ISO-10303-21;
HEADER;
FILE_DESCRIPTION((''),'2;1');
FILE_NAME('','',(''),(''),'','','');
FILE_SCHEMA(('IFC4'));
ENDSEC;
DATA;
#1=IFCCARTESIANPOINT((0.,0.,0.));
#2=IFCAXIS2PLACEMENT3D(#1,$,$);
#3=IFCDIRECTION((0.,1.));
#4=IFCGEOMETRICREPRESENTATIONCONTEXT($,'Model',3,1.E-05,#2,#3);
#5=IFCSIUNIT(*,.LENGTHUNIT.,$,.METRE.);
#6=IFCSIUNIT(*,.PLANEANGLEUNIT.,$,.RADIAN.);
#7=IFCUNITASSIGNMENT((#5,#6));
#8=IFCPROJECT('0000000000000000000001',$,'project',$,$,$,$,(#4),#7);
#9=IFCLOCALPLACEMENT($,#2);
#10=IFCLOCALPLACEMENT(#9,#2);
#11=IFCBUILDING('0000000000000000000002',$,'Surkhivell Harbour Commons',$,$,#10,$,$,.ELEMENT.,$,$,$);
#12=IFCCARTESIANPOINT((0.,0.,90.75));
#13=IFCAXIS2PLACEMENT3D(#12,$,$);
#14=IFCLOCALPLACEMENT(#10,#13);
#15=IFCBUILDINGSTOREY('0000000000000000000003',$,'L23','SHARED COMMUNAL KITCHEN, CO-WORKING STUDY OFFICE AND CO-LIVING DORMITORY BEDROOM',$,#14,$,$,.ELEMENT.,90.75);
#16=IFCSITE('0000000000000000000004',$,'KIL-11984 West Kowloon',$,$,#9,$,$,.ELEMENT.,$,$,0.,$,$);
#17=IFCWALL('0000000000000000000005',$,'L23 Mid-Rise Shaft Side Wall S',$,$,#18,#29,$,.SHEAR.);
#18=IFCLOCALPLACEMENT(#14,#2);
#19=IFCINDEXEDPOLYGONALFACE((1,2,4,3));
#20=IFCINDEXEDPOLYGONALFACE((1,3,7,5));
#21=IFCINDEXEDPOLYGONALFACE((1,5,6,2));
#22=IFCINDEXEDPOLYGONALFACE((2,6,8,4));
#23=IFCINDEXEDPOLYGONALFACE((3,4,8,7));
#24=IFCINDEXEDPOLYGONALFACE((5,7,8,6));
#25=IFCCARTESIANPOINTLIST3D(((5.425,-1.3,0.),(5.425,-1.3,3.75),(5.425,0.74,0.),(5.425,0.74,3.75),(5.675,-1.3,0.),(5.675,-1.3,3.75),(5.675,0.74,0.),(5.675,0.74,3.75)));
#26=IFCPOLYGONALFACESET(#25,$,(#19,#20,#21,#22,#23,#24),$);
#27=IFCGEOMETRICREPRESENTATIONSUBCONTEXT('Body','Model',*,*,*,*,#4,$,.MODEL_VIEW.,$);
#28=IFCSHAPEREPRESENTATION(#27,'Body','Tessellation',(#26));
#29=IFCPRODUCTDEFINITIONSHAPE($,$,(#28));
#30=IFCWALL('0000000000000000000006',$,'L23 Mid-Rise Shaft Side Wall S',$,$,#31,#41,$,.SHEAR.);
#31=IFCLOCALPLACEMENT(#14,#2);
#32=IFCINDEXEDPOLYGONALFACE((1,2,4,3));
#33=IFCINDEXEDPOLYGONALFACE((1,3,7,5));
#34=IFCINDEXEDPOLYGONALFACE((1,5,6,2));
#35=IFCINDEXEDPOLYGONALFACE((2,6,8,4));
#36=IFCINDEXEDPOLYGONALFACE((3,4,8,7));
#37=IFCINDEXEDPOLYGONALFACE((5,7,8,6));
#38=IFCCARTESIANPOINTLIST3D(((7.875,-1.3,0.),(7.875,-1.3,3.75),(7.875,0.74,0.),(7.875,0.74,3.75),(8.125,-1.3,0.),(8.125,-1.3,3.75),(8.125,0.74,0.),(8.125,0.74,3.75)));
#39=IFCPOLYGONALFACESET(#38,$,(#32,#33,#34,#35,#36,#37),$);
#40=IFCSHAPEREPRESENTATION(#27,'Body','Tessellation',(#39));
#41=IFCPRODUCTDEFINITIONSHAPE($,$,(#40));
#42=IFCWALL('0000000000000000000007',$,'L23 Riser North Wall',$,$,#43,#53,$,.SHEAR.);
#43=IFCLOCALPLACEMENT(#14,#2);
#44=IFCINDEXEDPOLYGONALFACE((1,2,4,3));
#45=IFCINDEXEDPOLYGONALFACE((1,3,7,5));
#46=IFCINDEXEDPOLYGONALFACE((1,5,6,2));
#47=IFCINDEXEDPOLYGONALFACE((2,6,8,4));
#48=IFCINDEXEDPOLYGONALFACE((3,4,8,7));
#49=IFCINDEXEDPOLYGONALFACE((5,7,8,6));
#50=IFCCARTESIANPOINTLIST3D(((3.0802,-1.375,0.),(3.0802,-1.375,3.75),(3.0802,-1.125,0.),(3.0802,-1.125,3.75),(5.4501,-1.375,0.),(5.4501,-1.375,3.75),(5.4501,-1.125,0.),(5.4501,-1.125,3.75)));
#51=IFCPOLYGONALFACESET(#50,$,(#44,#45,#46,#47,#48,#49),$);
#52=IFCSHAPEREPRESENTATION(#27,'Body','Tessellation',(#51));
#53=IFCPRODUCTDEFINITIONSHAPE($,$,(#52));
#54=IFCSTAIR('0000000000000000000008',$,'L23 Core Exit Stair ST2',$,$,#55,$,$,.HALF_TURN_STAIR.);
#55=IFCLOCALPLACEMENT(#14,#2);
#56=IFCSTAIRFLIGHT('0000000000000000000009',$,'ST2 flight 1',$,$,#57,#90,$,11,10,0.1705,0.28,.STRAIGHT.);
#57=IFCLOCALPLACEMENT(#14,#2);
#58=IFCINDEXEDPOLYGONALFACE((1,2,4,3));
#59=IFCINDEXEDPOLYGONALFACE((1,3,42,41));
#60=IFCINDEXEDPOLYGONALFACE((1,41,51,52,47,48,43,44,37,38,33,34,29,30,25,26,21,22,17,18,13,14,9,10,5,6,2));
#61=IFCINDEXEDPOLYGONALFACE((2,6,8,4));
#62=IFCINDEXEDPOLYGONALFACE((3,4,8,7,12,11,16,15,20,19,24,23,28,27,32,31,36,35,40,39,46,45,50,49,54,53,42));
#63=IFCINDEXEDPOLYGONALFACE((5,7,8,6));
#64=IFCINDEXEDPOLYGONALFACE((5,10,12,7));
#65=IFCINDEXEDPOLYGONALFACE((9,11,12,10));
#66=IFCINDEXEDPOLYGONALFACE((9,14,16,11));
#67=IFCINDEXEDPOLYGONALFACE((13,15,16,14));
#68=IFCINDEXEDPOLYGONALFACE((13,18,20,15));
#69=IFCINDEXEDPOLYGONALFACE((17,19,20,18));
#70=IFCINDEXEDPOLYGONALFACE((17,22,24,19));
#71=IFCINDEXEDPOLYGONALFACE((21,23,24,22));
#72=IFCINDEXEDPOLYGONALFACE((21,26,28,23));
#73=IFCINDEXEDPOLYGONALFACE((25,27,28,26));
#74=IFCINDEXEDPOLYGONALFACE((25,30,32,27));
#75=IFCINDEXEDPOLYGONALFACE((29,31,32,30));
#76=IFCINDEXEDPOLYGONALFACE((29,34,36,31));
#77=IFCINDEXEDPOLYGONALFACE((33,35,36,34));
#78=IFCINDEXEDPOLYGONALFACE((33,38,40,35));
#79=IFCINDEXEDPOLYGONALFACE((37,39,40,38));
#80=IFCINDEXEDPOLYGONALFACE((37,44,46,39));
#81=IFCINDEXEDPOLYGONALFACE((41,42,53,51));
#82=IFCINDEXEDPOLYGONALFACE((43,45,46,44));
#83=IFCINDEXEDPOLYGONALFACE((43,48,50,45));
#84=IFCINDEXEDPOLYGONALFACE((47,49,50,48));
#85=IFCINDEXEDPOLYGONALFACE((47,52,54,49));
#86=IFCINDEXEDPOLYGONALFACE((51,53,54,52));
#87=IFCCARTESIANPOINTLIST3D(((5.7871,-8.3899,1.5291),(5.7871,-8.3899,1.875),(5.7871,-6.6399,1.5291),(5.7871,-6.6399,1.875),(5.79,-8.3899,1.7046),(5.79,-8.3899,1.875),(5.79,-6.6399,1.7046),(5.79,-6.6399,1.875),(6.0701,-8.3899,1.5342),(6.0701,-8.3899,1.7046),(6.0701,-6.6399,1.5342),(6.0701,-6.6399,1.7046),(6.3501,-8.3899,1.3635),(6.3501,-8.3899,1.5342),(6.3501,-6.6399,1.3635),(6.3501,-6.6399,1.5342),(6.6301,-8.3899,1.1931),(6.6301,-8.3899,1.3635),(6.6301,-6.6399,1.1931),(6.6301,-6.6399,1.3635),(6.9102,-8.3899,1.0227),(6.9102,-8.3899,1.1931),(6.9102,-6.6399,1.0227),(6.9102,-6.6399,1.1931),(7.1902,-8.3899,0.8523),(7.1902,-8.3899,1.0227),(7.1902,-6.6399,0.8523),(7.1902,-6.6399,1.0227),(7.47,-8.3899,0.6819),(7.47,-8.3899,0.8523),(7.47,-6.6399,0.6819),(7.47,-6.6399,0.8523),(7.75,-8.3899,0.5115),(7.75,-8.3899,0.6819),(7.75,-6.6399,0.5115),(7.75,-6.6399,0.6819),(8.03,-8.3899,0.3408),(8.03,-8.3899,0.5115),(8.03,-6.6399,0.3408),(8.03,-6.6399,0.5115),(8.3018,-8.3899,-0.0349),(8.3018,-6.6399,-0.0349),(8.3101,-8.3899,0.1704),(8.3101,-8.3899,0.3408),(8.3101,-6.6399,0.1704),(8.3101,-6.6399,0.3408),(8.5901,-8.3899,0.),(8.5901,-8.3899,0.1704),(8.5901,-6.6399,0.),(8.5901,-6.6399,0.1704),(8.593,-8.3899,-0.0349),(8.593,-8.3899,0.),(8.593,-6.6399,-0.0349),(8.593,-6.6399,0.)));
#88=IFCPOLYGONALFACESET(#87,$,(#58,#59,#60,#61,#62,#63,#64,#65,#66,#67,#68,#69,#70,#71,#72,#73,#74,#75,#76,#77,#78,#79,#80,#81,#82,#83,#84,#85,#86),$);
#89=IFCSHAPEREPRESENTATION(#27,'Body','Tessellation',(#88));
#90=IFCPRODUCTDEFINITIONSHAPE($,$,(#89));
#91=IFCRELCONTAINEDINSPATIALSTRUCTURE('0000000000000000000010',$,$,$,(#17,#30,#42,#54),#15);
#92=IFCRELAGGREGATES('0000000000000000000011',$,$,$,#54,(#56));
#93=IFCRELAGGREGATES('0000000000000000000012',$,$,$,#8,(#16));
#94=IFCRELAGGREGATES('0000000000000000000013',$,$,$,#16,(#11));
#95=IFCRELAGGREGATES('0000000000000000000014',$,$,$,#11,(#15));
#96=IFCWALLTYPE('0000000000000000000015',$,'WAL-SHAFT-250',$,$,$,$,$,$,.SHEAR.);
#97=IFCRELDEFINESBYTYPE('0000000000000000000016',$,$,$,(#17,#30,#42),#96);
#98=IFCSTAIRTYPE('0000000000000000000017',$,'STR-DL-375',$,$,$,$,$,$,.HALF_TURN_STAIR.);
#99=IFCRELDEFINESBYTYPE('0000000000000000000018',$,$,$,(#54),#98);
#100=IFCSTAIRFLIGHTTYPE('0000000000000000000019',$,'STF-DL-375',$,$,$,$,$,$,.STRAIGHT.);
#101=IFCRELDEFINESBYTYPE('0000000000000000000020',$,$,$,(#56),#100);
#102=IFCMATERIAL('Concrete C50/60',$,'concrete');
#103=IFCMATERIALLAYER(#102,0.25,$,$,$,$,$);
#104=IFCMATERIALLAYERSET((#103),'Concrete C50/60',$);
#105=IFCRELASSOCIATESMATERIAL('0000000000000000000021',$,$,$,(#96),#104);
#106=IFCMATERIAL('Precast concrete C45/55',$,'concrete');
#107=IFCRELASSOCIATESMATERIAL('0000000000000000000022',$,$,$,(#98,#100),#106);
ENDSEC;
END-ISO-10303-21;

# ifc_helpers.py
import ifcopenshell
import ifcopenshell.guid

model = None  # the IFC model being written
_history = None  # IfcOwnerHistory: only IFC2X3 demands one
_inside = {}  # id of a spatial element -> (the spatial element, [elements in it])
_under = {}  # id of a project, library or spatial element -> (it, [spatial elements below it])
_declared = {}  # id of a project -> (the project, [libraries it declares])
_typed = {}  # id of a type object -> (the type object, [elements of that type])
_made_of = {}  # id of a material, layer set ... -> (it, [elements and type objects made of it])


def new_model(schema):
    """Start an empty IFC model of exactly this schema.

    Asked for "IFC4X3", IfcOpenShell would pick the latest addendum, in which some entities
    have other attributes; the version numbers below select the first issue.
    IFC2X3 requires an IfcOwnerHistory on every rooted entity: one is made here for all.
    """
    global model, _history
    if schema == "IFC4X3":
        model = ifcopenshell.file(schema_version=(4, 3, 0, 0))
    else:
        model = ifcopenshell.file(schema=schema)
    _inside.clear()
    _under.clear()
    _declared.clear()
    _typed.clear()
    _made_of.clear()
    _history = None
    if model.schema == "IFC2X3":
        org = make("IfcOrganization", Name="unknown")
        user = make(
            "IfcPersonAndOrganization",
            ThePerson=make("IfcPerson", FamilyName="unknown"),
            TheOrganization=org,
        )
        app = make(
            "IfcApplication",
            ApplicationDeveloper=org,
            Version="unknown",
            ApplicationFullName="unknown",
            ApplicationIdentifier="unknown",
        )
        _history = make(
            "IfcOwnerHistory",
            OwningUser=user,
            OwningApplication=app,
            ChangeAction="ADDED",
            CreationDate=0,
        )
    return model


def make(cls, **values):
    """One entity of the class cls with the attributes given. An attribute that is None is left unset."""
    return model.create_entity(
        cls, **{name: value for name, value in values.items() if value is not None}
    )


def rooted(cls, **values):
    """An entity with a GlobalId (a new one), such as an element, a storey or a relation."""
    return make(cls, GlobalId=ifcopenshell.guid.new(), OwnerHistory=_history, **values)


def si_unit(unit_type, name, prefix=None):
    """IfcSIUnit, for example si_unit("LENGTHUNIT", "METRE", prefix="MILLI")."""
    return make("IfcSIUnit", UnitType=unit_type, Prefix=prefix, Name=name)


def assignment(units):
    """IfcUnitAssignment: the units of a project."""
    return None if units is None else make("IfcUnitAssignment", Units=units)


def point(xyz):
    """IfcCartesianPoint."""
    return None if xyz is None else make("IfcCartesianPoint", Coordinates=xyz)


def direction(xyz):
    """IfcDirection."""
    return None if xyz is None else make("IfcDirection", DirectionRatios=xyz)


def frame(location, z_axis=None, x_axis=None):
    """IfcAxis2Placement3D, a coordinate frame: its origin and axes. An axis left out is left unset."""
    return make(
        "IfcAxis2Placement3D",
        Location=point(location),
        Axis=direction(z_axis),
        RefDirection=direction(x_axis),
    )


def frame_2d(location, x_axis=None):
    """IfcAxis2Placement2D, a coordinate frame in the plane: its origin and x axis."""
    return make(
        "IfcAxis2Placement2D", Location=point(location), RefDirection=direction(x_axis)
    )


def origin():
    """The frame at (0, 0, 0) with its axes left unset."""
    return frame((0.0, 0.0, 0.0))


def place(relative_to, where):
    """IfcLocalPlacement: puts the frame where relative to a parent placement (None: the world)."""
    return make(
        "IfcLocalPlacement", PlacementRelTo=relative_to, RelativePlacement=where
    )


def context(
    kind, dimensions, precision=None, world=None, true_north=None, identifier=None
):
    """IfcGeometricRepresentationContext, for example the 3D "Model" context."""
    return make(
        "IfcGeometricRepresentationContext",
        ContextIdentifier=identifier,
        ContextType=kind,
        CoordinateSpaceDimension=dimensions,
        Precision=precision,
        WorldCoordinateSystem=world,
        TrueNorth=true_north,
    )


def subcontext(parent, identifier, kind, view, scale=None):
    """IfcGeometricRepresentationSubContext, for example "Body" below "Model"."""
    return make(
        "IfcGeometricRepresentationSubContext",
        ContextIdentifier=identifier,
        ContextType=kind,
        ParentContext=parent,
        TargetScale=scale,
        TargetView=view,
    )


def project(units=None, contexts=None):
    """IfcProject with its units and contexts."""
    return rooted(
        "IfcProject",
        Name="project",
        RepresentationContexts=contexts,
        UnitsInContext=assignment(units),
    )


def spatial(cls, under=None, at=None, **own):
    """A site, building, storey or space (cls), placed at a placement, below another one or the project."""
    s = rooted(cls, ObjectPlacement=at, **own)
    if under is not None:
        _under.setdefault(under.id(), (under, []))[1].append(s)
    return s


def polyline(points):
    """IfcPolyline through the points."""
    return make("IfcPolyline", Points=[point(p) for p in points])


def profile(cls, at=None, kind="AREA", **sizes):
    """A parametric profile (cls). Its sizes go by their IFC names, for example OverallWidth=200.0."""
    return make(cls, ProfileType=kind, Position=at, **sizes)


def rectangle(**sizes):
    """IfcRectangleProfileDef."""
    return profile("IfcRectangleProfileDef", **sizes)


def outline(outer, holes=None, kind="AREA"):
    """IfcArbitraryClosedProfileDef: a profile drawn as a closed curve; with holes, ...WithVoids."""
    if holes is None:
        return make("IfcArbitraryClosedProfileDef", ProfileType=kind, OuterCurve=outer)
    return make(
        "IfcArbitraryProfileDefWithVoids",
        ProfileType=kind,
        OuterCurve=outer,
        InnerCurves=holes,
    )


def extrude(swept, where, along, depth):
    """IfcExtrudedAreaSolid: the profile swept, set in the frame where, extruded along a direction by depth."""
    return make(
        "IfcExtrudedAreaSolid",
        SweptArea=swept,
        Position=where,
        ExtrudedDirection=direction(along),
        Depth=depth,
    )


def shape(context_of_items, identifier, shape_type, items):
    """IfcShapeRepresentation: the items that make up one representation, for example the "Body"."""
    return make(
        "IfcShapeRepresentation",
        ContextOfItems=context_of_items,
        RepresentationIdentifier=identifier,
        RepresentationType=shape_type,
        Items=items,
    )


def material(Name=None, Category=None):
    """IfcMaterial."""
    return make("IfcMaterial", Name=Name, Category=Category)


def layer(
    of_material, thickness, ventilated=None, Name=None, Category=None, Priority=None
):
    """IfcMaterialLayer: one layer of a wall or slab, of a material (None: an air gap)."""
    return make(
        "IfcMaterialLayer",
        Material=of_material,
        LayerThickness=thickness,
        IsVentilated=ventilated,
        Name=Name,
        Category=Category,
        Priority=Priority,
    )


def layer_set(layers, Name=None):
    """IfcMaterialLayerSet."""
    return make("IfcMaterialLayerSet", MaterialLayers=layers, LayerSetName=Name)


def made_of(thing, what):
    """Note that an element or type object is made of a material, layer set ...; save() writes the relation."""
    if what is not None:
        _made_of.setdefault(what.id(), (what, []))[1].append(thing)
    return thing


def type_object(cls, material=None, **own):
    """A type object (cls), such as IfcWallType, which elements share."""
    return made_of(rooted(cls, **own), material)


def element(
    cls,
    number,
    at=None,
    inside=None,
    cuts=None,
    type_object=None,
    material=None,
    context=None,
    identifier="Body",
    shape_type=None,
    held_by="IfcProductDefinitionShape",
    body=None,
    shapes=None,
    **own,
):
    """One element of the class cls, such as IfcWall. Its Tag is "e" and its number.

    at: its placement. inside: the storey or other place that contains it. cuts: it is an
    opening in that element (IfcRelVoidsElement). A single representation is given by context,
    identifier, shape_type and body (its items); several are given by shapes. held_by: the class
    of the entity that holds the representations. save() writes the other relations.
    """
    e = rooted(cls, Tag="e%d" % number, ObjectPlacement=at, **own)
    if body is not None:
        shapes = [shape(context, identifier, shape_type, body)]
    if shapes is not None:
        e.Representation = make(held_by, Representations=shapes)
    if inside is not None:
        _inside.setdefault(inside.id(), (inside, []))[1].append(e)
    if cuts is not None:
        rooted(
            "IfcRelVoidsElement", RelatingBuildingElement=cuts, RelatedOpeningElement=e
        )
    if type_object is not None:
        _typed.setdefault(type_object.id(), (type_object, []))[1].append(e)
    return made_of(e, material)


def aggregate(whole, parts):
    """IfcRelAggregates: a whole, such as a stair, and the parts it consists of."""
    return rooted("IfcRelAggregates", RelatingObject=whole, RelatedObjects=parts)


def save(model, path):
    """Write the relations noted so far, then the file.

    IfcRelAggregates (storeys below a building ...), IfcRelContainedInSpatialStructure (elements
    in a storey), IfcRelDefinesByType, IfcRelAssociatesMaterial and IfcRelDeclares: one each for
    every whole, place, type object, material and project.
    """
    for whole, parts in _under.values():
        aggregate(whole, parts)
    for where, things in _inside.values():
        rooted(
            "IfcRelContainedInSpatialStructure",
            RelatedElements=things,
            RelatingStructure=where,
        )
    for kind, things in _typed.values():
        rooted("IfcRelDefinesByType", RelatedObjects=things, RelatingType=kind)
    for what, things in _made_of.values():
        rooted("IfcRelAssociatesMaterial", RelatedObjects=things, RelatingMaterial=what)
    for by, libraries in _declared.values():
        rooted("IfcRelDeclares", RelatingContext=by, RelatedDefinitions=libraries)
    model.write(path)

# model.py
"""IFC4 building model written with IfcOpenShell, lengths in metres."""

from ifc_helpers import new_model, si_unit, direction, frame, frame_2d, origin, place, context, subcontext, project, spatial, polyline, rectangle, outline, extrude, material, layer, layer_set, type_object, element, aggregate, save


model = new_model("IFC4")

# Units and contexts
model_context = context("Model", 3, precision=1e-05, world=origin(), true_north=direction((0.0, 1.0)))
body_context = subcontext(model_context, "Body", "Model", "MODEL_VIEW")
ifc_project = project(units=[si_unit("LENGTHUNIT", "METRE"), si_unit("PLANEANGLEUNIT", "RADIAN")], contexts=[model_context])

# Site, building, storey
site_placement = place(None, origin())
site = spatial("IfcSite", under=ifc_project, at=site_placement, Name="KIL-11984 West Kowloon", CompositionType="ELEMENT", RefElevation=0.0)
building_placement = place(site_placement, origin())
building = spatial("IfcBuilding", under=site, at=building_placement, Name="Surkhivell Harbour Commons", CompositionType="ELEMENT")
storey_placement = place(building_placement, frame((0.0, 0.0, 90.75)))
storey = spatial("IfcBuildingStorey", under=building, at=storey_placement, Name="L23", Description="SHARED COMMUNAL KITCHEN, CO-WORKING STUDY OFFICE AND CO-LIVING DORMITORY BEDROOM", CompositionType="ELEMENT", Elevation=90.75)

# Shared definitions
ifc_material_1 = material(Name="Concrete C50/60", Category="concrete")
ifc_layer_1 = layer(ifc_material_1, 0.25)
ifc_layer_set_1 = layer_set([ifc_layer_1], Name="Concrete C50/60")
wall_type_1 = type_object("IfcWallType", Name="WAL-SHAFT-250", PredefinedType="SHEAR", material=ifc_layer_set_1)

# Walls
for number, where, z_axis, x_axis, name in (
    (1, (5.55, -1.3, 0.0), (0.0, 0.0, 1.0), (0.0, 1.0, 0.0), "L23 Mid-Rise Shaft Side Wall S"),
    (2, (8.0, -1.3, 0.0), (0.0, 0.0, 1.0), (0.0, 1.0, 0.0), "L23 Mid-Rise Shaft Side Wall S"),
):
    element("IfcWall", number, at=place(storey_placement, frame(where, z_axis=z_axis, x_axis=x_axis)), inside=storey, type_object=wall_type_1, Name=name, PredefinedType="SHEAR", context=body_context, shape_type="SweptSolid", body=[
        extrude(rectangle(XDim=2.04, YDim=0.25, at=frame_2d((1.02, 0.0))), origin(), (0.0, 0.0, 1.0), 3.75),
    ])
wall_1_placement = place(storey_placement, frame((3.0801, -1.25, 0.0), z_axis=(0.0, 0.0, 1.0), x_axis=(1.0, 0.0, 0.0)))
element("IfcWall", 3, at=wall_1_placement, inside=storey, type_object=wall_type_1, Name="L23 Riser North Wall", PredefinedType="SHEAR", context=body_context, shape_type="SweptSolid", body=[
    extrude(rectangle(XDim=2.3699, YDim=0.25, at=frame_2d((1.1851, 0.0))), origin(), (0.0, 0.0, 1.0), 3.75),
])

# Stair, stair flight
ifc_material_2 = material(Name="Precast concrete C45/55", Category="concrete")
stair_type = type_object("IfcStairType", Name="STR-DL-375", PredefinedType="HALF_TURN_STAIR", material=ifc_material_2)
stair_placement = place(storey_placement, origin())
stair = element("IfcStair", 4, at=stair_placement, inside=storey, type_object=stair_type, Name="L23 Core Exit Stair ST2", PredefinedType="HALF_TURN_STAIR")
stair_flight_type = type_object("IfcStairFlightType", Name="STF-DL-375", PredefinedType="STRAIGHT", material=ifc_material_2)
stair_flight_placement = place(storey_placement, frame((8.5901, -7.5149, 0.0), z_axis=(0.0, 0.0, 1.0), x_axis=(-1.0, 0.0, 0.0)))
stair_flight = element("IfcStairFlight", 5, at=stair_flight_placement, type_object=stair_flight_type, Name="ST2 flight 1", NumberOfRisers=11, NumberOfTreads=10, PredefinedType="STRAIGHT", RiserHeight=0.1705, TreadLength=0.28, context=body_context, shape_type="SweptSolid", body=[
    extrude(outline(polyline([(-0.0029, -0.0349), (-0.0029, 0.0), (0.0, 0.0), (0.0, 0.1704), (0.28, 0.1704), (0.28, 0.3408), (0.5601, 0.3408), (0.5601, 0.5115), (0.8401, 0.5115), (0.8401, 0.6819), (1.1201, 0.6819), (1.1201, 0.8523), (1.3999, 0.8523), (1.3999, 1.0227), (1.6799, 1.0227), (1.6799, 1.1931), (1.96, 1.1931), (1.96, 1.3635), (2.24, 1.3635), (2.24, 1.5342), (2.52, 1.5342), (2.52, 1.7046), (2.8, 1.7046), (2.8, 1.875), (2.803, 1.875), (2.803, 1.5291), (0.2883, -0.0349), (-0.0029, -0.0349)])), frame((0.0, 0.875, 0.0), z_axis=(0.0, -1.0, 0.0), x_axis=(1.0, 0.0, 0.0)), (0.0, 0.0, 1.0), 1.75),
])
aggregate(stair, [stair_flight])

save(model, "model.ifc")
